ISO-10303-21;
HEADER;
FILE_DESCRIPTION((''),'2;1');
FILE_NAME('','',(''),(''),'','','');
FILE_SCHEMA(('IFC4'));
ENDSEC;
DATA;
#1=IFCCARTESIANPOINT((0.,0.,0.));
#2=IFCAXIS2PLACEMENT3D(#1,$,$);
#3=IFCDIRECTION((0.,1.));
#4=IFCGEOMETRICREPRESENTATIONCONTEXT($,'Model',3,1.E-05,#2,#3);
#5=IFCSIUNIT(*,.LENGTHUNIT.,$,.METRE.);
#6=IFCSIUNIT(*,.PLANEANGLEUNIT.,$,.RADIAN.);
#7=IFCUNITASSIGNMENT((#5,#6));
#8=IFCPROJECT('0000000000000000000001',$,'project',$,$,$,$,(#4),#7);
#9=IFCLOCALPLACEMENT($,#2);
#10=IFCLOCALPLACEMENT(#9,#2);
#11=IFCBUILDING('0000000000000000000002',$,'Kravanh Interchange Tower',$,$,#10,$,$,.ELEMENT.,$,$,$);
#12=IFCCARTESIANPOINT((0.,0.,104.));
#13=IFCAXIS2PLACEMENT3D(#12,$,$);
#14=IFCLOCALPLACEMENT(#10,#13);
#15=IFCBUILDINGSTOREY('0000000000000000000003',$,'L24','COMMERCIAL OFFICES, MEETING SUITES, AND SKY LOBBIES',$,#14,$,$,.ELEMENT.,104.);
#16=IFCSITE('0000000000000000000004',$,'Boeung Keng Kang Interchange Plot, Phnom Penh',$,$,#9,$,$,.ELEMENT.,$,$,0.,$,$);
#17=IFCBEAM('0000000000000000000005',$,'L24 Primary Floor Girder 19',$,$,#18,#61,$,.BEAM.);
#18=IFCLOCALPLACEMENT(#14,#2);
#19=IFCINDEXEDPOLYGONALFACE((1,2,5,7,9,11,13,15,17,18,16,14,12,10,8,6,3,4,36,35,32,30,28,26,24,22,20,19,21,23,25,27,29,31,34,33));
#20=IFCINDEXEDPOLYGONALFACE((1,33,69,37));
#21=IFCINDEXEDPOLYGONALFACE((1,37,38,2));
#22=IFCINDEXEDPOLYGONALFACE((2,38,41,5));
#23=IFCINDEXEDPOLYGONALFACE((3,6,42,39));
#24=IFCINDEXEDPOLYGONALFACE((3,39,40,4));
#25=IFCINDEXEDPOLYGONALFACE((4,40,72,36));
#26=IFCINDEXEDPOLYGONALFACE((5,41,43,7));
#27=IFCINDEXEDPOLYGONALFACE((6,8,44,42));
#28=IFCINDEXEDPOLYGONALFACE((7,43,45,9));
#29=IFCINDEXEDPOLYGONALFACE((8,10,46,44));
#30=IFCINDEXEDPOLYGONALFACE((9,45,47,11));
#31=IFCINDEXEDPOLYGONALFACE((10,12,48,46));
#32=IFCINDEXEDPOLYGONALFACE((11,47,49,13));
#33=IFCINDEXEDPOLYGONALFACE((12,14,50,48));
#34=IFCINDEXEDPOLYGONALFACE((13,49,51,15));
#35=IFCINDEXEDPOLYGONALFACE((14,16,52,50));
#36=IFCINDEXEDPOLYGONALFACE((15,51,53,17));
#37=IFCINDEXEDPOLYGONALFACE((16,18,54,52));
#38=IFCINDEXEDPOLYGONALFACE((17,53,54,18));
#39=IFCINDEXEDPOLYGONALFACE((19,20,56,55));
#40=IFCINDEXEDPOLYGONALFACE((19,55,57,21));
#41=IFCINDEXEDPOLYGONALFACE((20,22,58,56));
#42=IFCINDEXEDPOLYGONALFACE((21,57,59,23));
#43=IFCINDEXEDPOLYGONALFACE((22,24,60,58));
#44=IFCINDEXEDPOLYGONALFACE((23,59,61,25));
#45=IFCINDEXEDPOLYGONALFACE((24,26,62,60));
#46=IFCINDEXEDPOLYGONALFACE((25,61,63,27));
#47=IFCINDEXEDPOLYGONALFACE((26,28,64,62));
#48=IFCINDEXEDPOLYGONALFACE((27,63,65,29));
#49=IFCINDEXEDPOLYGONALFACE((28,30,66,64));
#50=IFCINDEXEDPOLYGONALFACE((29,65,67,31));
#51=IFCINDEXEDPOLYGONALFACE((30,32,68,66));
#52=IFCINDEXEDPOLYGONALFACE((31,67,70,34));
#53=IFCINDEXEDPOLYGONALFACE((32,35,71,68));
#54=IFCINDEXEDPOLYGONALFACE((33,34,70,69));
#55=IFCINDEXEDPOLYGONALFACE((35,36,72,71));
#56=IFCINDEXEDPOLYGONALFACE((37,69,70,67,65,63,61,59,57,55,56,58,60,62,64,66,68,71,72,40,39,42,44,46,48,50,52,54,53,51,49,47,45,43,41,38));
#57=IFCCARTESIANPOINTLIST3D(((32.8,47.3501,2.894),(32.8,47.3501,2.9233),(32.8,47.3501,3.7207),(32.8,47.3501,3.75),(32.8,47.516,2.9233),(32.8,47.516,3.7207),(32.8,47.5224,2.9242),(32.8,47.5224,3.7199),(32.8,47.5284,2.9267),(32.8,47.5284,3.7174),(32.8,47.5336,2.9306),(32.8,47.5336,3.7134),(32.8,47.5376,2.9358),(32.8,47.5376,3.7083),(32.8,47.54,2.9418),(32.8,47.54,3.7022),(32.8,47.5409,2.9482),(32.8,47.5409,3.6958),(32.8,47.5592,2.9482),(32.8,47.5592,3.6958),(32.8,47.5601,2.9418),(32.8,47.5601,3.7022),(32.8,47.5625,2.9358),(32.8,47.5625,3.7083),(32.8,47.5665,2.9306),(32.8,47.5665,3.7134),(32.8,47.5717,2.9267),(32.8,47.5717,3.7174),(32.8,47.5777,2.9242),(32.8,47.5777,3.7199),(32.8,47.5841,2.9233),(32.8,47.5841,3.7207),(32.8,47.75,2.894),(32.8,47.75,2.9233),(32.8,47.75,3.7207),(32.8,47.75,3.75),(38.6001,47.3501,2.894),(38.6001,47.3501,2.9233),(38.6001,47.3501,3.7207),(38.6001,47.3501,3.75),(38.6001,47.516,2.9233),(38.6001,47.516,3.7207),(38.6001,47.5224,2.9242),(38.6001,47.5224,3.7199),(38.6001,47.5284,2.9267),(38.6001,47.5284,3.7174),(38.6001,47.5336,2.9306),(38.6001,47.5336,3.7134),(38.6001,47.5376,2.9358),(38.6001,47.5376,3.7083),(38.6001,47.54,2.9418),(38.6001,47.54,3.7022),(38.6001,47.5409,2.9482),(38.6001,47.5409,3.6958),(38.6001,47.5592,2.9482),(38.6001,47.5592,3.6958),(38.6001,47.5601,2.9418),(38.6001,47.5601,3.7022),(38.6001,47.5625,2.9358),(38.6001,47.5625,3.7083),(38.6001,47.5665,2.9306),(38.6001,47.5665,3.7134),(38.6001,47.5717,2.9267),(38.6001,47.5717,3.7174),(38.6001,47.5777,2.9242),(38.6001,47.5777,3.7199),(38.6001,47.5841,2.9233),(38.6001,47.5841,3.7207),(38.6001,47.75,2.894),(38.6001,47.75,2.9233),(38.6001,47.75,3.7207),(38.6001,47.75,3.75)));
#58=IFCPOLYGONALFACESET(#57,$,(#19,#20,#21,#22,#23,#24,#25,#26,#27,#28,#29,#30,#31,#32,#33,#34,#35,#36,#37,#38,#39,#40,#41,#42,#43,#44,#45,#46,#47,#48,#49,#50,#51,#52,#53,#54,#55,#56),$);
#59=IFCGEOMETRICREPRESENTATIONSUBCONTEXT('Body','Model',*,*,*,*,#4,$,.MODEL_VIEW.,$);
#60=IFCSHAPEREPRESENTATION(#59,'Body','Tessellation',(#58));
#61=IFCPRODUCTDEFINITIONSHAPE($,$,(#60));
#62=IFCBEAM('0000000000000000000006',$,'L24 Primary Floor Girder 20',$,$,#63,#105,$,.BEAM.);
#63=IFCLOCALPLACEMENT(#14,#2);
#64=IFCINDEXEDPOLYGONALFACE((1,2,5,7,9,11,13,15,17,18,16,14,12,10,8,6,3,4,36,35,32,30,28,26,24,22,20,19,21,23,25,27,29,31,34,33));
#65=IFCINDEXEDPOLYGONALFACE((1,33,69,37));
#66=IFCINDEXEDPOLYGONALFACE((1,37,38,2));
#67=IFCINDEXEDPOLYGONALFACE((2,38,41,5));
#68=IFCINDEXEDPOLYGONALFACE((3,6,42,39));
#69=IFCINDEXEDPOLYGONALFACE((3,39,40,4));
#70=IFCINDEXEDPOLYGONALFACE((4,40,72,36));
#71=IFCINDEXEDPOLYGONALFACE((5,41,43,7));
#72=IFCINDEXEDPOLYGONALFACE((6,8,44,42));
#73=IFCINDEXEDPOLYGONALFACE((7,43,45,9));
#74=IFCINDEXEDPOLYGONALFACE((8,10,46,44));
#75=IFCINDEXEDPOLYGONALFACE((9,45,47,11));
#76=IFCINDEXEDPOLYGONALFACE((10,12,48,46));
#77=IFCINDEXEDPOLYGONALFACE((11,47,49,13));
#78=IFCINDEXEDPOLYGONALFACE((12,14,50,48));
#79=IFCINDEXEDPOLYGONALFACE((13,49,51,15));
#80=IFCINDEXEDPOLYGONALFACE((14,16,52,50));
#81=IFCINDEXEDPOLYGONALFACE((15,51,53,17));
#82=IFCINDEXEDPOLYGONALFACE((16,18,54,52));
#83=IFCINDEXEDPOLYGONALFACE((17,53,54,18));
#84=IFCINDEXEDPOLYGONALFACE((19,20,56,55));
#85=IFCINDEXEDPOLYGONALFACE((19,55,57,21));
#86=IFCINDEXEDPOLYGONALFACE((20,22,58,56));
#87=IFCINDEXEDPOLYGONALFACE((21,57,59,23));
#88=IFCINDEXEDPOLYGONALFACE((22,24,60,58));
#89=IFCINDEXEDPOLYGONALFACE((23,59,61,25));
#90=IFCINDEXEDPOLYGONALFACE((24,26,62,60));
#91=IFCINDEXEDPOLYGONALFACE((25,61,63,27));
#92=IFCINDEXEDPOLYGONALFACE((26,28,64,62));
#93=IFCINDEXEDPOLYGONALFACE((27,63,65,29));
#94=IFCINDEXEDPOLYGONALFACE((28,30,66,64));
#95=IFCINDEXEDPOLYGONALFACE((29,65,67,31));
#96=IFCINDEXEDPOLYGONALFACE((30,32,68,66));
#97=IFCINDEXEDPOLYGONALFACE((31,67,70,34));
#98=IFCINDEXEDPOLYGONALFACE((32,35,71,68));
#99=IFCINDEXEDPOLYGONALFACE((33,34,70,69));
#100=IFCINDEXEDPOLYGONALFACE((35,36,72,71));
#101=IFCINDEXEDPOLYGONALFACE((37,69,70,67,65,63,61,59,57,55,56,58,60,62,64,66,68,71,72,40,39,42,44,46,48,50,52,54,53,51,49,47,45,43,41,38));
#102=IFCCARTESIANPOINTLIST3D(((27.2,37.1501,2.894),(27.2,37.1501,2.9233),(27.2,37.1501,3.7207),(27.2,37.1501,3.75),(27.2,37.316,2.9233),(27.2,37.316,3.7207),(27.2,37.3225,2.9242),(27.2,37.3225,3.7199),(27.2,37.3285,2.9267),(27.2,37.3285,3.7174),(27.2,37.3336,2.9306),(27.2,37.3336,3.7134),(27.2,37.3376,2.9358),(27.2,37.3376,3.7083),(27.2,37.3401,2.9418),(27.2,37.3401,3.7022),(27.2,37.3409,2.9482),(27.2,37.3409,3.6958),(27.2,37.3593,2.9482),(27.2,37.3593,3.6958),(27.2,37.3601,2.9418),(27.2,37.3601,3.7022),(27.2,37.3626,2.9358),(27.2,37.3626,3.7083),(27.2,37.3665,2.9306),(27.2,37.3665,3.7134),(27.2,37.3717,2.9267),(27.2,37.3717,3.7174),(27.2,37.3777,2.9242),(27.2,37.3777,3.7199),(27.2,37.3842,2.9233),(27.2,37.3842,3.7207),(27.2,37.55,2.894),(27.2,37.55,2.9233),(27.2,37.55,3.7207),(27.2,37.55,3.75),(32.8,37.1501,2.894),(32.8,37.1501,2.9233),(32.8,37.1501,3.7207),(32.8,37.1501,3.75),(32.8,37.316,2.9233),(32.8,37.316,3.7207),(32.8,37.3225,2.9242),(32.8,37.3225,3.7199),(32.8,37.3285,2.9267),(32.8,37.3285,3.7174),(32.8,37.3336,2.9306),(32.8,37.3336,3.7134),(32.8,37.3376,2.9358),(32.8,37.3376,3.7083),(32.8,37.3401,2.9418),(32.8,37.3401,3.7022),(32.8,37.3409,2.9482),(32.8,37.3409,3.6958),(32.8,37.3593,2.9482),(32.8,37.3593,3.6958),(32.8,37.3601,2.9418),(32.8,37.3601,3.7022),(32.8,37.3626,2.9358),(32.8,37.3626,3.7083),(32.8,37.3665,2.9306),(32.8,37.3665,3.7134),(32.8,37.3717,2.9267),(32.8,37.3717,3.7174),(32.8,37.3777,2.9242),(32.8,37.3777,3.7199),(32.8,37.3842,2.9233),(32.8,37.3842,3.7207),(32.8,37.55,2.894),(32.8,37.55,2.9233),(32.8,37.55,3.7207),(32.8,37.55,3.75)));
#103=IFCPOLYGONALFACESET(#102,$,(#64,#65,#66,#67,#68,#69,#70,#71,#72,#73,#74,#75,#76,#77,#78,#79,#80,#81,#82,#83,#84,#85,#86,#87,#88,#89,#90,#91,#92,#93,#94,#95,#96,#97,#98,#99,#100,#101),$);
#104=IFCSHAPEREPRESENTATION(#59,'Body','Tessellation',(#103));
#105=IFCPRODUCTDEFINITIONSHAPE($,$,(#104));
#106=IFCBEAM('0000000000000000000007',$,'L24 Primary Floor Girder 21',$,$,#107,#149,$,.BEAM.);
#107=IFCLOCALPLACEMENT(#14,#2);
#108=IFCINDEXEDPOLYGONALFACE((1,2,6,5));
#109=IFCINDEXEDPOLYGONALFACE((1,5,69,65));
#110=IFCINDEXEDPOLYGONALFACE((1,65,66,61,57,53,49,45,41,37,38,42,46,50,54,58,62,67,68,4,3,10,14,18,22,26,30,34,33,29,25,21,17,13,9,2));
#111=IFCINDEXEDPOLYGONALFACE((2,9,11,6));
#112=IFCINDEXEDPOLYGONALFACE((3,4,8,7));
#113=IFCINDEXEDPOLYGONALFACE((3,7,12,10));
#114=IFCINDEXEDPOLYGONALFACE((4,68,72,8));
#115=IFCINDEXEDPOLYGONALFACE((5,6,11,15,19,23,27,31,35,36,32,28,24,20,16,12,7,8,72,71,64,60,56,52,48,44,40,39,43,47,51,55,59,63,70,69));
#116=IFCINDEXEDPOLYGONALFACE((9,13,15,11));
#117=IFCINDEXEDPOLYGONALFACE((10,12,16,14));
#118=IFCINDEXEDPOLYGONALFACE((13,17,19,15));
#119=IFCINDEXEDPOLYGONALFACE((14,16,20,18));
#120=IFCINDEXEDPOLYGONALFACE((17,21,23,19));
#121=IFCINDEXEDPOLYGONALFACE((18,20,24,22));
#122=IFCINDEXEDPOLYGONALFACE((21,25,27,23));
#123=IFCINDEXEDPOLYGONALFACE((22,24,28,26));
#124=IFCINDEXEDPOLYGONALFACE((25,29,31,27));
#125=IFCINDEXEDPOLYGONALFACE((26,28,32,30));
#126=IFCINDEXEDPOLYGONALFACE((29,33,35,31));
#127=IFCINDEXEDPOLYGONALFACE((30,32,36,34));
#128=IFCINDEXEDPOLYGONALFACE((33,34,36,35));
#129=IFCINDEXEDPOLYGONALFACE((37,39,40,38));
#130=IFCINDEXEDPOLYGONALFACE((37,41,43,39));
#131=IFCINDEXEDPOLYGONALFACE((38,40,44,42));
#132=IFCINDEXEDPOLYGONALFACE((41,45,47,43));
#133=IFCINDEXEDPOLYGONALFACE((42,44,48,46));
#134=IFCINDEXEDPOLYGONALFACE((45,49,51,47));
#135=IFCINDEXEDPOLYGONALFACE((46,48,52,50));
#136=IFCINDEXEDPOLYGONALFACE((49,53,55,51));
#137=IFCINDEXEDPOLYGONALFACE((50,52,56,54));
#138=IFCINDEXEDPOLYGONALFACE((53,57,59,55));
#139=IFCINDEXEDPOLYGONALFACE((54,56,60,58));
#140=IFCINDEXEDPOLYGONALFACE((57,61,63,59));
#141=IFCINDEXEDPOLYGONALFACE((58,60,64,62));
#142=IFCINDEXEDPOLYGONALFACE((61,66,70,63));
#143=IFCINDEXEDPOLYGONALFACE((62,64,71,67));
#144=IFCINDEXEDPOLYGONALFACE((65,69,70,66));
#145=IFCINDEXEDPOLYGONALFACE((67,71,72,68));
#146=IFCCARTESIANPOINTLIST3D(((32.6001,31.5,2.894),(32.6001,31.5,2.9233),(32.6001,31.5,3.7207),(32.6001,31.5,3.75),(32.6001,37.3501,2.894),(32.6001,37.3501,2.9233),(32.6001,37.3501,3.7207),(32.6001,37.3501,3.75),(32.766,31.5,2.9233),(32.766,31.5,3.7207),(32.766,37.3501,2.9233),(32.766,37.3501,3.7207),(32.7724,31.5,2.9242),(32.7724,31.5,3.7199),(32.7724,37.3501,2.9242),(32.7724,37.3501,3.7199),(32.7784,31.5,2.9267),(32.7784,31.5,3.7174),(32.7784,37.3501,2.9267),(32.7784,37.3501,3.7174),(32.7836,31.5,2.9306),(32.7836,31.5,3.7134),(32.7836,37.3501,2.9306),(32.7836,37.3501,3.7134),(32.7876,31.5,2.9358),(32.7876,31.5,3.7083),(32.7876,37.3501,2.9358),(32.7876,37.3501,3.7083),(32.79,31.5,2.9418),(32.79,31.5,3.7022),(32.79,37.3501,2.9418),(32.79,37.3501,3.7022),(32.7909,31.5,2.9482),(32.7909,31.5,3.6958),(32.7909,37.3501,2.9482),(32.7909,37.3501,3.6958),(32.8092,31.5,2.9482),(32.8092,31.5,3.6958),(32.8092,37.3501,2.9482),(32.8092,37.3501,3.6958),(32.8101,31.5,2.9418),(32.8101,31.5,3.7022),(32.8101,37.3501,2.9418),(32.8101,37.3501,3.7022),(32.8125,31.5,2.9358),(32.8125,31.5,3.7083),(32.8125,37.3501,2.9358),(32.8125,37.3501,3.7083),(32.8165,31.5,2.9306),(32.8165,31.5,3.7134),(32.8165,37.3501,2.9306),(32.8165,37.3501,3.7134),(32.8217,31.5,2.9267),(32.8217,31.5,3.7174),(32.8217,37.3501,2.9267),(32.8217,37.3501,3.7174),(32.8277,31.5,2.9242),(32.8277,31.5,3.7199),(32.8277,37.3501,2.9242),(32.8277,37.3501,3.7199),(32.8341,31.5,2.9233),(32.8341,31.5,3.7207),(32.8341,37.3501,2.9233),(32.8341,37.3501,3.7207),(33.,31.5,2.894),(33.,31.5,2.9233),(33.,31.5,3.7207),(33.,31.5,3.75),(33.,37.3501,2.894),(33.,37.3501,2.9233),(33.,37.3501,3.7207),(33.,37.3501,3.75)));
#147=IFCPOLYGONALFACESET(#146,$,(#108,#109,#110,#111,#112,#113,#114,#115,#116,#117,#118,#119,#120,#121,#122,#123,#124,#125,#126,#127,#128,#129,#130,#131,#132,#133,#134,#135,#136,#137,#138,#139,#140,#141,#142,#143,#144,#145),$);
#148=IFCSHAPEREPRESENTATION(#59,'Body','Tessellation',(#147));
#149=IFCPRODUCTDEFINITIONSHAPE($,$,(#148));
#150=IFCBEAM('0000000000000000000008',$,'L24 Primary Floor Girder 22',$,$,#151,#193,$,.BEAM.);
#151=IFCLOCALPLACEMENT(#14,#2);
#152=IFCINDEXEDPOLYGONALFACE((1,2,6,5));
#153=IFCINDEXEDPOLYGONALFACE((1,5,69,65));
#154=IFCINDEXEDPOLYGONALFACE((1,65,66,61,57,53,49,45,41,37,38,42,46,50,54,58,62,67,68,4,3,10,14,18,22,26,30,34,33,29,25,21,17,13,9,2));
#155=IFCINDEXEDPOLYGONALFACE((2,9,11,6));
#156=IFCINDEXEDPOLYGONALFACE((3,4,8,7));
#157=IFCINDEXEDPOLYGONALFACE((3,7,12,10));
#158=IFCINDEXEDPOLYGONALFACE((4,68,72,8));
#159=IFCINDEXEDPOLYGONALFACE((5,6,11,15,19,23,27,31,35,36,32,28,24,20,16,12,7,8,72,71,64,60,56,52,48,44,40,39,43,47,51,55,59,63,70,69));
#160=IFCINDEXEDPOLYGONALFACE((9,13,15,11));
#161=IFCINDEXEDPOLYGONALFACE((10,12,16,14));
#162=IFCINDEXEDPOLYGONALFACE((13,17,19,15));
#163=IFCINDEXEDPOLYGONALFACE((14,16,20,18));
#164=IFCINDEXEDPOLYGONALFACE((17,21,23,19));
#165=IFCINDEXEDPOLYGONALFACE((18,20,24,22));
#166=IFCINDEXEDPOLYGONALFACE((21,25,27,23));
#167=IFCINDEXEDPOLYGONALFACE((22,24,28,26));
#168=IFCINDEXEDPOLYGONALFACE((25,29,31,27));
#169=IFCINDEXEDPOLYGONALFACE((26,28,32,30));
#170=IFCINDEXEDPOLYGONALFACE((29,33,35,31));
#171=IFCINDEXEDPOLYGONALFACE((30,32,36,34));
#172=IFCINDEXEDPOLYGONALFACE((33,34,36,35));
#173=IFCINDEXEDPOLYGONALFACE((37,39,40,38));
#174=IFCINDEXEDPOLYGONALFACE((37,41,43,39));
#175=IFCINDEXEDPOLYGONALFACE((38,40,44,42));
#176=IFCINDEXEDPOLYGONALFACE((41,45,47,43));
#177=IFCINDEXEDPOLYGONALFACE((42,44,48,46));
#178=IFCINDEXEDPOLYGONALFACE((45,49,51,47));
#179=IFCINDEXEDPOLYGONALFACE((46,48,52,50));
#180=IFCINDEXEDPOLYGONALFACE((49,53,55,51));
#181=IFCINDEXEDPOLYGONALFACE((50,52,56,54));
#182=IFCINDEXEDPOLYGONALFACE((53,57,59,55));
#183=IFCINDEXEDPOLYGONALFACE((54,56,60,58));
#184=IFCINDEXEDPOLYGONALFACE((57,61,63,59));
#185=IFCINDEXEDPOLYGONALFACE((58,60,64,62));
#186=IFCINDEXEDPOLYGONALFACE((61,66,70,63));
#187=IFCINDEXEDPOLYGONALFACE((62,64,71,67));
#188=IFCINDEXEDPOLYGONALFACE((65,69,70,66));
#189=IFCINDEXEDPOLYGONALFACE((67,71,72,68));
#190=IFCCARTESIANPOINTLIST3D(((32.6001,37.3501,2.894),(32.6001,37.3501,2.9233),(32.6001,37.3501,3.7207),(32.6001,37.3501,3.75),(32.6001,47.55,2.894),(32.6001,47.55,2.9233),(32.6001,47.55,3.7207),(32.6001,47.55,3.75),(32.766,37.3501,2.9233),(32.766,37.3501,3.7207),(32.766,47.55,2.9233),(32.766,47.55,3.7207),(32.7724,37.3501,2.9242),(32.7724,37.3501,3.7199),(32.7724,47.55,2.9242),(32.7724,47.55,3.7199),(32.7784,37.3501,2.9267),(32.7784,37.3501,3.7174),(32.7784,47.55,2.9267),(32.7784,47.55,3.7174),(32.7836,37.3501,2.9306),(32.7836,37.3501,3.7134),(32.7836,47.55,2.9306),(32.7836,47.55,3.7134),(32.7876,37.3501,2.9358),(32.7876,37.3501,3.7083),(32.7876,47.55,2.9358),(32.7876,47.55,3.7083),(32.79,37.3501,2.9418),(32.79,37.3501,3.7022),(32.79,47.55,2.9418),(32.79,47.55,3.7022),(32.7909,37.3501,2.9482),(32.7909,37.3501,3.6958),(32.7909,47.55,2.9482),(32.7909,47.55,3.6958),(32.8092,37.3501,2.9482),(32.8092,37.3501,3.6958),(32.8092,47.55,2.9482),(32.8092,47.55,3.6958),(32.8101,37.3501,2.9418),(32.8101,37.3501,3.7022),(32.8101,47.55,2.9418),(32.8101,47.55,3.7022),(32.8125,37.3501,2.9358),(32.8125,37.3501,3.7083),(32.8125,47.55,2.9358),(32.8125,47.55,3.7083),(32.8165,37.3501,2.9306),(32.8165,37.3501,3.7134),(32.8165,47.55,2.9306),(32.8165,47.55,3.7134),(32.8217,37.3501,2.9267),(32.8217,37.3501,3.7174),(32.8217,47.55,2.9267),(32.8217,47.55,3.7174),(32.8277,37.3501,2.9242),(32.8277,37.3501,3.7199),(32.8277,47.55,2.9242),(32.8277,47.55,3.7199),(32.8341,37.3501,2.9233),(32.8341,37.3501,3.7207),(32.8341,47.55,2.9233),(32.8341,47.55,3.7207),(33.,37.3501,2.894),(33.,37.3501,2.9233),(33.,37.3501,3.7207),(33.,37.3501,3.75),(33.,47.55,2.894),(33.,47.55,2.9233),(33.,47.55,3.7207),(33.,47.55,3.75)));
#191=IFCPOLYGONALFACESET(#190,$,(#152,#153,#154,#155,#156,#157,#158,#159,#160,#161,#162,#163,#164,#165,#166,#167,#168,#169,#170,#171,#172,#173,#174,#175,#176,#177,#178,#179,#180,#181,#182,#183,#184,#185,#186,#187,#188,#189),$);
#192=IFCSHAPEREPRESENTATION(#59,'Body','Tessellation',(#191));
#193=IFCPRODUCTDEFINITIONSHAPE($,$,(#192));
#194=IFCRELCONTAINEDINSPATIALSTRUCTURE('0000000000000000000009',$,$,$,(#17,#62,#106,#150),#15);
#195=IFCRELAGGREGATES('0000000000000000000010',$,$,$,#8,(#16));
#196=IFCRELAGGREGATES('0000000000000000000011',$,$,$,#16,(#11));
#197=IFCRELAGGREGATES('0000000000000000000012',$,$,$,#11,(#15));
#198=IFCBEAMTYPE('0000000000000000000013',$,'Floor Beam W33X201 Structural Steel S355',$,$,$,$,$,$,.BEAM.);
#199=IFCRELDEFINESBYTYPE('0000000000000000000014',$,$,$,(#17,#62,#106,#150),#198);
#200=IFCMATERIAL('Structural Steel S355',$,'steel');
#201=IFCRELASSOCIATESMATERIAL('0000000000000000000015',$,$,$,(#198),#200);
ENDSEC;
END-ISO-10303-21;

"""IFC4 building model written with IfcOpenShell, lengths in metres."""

from ifc_helpers import new_model, si_unit, direction, frame, origin, origin_2d, place, context, subcontext, project, spatial, i_section, extrude, material, material_profile, profile_set, type_object, element, save


model = new_model("IFC4")

# Units and contexts
model_context = context("Model", 3, precision=1e-05, world=origin(), true_north=direction((0.0, 1.0)))
body_context = subcontext(model_context, "Body", "Model", "MODEL_VIEW")
ifc_project = project(units=[si_unit("LENGTHUNIT", "METRE"), si_unit("PLANEANGLEUNIT", "RADIAN")], contexts=[model_context])

# Site, building, storey
site_placement = place(None, origin())
site = spatial("IfcSite", under=ifc_project, at=site_placement, Name="Boeung Keng Kang Interchange Plot, Phnom Penh", CompositionType="ELEMENT", RefElevation=0.0)
building_placement = place(site_placement, origin())
building = spatial("IfcBuilding", under=site, at=building_placement, Name="Kravanh Interchange Tower", CompositionType="ELEMENT")
storey_placement = place(building_placement, frame((0.0, 0.0, 104.0)))
storey = spatial("IfcBuildingStorey", under=building, at=storey_placement, Name="L24", Description="COMMERCIAL OFFICES, MEETING SUITES, AND SKY LOBBIES", CompositionType="ELEMENT", Elevation=104.0)

# Beams
ifc_material_1 = material(Name="Structural Steel S355", Category="steel")
ifc_material_profile_1 = material_profile(ifc_material_1, i_section(OverallWidth=0.3999, OverallDepth=0.856, WebThickness=0.0183, FlangeThickness=0.0293, FilletRadius=0.0249, at=origin_2d()), Name="W33X201")
ifc_profile_set_1 = profile_set([ifc_material_profile_1], Name="Structural Steel S355")
beam_type = type_object("IfcBeamType", Name="Floor Beam W33X201 Structural Steel S355", PredefinedType="BEAM", material=ifc_profile_set_1)
beam_1_placement = place(storey_placement, frame((38.6001, 47.55, 3.322), z_axis=(-1.0, 0.0, 0.0), x_axis=(0.0, -1.0, 0.0)))
element("IfcBeam", 1, at=beam_1_placement, inside=storey, type_object=beam_type, Name="L24 Primary Floor Girder 19", PredefinedType="BEAM", context=body_context, shape_type="SweptSolid", body=[
    extrude(i_section(OverallWidth=0.3999, OverallDepth=0.856, WebThickness=0.0183, FlangeThickness=0.0293, FilletRadius=0.0249, at=origin_2d()), origin(), (0.0, 0.0, 1.0), 5.8),
])
beam_2_placement = place(storey_placement, frame((32.8, 37.3501, 3.322), z_axis=(-1.0, 0.0, 0.0), x_axis=(0.0, -1.0, 0.0)))
element("IfcBeam", 2, at=beam_2_placement, inside=storey, type_object=beam_type, Name="L24 Primary Floor Girder 20", PredefinedType="BEAM", context=body_context, shape_type="SweptSolid", body=[
    extrude(i_section(OverallWidth=0.3999, OverallDepth=0.856, WebThickness=0.0183, FlangeThickness=0.0293, FilletRadius=0.0249, at=origin_2d()), origin(), (0.0, 0.0, 1.0), 5.6001),
])
beam_3_placement = place(storey_placement, frame((32.8, 37.3501, 3.322), z_axis=(0.0, -1.0, 0.0), x_axis=(1.0, 0.0, 0.0)))
element("IfcBeam", 3, at=beam_3_placement, inside=storey, type_object=beam_type, Name="L24 Primary Floor Girder 21", PredefinedType="BEAM", context=body_context, shape_type="SweptSolid", body=[
    extrude(i_section(OverallWidth=0.3999, OverallDepth=0.856, WebThickness=0.0183, FlangeThickness=0.0293, FilletRadius=0.0249, at=origin_2d()), origin(), (0.0, 0.0, 1.0), 5.8501),
])
beam_4_placement = place(storey_placement, frame((32.8, 37.3501, 3.322), z_axis=(0.0, 1.0, 0.0), x_axis=(-1.0, 0.0, 0.0)))
element("IfcBeam", 4, at=beam_4_placement, inside=storey, type_object=beam_type, Name="L24 Primary Floor Girder 22", PredefinedType="BEAM", context=body_context, shape_type="SweptSolid", body=[
    extrude(i_section(OverallWidth=0.3999, OverallDepth=0.856, WebThickness=0.0183, FlangeThickness=0.0293, FilletRadius=0.0249, at=origin_2d()), origin(), (0.0, 0.0, 1.0), 10.2),
])

save(model, "model.ifc")
